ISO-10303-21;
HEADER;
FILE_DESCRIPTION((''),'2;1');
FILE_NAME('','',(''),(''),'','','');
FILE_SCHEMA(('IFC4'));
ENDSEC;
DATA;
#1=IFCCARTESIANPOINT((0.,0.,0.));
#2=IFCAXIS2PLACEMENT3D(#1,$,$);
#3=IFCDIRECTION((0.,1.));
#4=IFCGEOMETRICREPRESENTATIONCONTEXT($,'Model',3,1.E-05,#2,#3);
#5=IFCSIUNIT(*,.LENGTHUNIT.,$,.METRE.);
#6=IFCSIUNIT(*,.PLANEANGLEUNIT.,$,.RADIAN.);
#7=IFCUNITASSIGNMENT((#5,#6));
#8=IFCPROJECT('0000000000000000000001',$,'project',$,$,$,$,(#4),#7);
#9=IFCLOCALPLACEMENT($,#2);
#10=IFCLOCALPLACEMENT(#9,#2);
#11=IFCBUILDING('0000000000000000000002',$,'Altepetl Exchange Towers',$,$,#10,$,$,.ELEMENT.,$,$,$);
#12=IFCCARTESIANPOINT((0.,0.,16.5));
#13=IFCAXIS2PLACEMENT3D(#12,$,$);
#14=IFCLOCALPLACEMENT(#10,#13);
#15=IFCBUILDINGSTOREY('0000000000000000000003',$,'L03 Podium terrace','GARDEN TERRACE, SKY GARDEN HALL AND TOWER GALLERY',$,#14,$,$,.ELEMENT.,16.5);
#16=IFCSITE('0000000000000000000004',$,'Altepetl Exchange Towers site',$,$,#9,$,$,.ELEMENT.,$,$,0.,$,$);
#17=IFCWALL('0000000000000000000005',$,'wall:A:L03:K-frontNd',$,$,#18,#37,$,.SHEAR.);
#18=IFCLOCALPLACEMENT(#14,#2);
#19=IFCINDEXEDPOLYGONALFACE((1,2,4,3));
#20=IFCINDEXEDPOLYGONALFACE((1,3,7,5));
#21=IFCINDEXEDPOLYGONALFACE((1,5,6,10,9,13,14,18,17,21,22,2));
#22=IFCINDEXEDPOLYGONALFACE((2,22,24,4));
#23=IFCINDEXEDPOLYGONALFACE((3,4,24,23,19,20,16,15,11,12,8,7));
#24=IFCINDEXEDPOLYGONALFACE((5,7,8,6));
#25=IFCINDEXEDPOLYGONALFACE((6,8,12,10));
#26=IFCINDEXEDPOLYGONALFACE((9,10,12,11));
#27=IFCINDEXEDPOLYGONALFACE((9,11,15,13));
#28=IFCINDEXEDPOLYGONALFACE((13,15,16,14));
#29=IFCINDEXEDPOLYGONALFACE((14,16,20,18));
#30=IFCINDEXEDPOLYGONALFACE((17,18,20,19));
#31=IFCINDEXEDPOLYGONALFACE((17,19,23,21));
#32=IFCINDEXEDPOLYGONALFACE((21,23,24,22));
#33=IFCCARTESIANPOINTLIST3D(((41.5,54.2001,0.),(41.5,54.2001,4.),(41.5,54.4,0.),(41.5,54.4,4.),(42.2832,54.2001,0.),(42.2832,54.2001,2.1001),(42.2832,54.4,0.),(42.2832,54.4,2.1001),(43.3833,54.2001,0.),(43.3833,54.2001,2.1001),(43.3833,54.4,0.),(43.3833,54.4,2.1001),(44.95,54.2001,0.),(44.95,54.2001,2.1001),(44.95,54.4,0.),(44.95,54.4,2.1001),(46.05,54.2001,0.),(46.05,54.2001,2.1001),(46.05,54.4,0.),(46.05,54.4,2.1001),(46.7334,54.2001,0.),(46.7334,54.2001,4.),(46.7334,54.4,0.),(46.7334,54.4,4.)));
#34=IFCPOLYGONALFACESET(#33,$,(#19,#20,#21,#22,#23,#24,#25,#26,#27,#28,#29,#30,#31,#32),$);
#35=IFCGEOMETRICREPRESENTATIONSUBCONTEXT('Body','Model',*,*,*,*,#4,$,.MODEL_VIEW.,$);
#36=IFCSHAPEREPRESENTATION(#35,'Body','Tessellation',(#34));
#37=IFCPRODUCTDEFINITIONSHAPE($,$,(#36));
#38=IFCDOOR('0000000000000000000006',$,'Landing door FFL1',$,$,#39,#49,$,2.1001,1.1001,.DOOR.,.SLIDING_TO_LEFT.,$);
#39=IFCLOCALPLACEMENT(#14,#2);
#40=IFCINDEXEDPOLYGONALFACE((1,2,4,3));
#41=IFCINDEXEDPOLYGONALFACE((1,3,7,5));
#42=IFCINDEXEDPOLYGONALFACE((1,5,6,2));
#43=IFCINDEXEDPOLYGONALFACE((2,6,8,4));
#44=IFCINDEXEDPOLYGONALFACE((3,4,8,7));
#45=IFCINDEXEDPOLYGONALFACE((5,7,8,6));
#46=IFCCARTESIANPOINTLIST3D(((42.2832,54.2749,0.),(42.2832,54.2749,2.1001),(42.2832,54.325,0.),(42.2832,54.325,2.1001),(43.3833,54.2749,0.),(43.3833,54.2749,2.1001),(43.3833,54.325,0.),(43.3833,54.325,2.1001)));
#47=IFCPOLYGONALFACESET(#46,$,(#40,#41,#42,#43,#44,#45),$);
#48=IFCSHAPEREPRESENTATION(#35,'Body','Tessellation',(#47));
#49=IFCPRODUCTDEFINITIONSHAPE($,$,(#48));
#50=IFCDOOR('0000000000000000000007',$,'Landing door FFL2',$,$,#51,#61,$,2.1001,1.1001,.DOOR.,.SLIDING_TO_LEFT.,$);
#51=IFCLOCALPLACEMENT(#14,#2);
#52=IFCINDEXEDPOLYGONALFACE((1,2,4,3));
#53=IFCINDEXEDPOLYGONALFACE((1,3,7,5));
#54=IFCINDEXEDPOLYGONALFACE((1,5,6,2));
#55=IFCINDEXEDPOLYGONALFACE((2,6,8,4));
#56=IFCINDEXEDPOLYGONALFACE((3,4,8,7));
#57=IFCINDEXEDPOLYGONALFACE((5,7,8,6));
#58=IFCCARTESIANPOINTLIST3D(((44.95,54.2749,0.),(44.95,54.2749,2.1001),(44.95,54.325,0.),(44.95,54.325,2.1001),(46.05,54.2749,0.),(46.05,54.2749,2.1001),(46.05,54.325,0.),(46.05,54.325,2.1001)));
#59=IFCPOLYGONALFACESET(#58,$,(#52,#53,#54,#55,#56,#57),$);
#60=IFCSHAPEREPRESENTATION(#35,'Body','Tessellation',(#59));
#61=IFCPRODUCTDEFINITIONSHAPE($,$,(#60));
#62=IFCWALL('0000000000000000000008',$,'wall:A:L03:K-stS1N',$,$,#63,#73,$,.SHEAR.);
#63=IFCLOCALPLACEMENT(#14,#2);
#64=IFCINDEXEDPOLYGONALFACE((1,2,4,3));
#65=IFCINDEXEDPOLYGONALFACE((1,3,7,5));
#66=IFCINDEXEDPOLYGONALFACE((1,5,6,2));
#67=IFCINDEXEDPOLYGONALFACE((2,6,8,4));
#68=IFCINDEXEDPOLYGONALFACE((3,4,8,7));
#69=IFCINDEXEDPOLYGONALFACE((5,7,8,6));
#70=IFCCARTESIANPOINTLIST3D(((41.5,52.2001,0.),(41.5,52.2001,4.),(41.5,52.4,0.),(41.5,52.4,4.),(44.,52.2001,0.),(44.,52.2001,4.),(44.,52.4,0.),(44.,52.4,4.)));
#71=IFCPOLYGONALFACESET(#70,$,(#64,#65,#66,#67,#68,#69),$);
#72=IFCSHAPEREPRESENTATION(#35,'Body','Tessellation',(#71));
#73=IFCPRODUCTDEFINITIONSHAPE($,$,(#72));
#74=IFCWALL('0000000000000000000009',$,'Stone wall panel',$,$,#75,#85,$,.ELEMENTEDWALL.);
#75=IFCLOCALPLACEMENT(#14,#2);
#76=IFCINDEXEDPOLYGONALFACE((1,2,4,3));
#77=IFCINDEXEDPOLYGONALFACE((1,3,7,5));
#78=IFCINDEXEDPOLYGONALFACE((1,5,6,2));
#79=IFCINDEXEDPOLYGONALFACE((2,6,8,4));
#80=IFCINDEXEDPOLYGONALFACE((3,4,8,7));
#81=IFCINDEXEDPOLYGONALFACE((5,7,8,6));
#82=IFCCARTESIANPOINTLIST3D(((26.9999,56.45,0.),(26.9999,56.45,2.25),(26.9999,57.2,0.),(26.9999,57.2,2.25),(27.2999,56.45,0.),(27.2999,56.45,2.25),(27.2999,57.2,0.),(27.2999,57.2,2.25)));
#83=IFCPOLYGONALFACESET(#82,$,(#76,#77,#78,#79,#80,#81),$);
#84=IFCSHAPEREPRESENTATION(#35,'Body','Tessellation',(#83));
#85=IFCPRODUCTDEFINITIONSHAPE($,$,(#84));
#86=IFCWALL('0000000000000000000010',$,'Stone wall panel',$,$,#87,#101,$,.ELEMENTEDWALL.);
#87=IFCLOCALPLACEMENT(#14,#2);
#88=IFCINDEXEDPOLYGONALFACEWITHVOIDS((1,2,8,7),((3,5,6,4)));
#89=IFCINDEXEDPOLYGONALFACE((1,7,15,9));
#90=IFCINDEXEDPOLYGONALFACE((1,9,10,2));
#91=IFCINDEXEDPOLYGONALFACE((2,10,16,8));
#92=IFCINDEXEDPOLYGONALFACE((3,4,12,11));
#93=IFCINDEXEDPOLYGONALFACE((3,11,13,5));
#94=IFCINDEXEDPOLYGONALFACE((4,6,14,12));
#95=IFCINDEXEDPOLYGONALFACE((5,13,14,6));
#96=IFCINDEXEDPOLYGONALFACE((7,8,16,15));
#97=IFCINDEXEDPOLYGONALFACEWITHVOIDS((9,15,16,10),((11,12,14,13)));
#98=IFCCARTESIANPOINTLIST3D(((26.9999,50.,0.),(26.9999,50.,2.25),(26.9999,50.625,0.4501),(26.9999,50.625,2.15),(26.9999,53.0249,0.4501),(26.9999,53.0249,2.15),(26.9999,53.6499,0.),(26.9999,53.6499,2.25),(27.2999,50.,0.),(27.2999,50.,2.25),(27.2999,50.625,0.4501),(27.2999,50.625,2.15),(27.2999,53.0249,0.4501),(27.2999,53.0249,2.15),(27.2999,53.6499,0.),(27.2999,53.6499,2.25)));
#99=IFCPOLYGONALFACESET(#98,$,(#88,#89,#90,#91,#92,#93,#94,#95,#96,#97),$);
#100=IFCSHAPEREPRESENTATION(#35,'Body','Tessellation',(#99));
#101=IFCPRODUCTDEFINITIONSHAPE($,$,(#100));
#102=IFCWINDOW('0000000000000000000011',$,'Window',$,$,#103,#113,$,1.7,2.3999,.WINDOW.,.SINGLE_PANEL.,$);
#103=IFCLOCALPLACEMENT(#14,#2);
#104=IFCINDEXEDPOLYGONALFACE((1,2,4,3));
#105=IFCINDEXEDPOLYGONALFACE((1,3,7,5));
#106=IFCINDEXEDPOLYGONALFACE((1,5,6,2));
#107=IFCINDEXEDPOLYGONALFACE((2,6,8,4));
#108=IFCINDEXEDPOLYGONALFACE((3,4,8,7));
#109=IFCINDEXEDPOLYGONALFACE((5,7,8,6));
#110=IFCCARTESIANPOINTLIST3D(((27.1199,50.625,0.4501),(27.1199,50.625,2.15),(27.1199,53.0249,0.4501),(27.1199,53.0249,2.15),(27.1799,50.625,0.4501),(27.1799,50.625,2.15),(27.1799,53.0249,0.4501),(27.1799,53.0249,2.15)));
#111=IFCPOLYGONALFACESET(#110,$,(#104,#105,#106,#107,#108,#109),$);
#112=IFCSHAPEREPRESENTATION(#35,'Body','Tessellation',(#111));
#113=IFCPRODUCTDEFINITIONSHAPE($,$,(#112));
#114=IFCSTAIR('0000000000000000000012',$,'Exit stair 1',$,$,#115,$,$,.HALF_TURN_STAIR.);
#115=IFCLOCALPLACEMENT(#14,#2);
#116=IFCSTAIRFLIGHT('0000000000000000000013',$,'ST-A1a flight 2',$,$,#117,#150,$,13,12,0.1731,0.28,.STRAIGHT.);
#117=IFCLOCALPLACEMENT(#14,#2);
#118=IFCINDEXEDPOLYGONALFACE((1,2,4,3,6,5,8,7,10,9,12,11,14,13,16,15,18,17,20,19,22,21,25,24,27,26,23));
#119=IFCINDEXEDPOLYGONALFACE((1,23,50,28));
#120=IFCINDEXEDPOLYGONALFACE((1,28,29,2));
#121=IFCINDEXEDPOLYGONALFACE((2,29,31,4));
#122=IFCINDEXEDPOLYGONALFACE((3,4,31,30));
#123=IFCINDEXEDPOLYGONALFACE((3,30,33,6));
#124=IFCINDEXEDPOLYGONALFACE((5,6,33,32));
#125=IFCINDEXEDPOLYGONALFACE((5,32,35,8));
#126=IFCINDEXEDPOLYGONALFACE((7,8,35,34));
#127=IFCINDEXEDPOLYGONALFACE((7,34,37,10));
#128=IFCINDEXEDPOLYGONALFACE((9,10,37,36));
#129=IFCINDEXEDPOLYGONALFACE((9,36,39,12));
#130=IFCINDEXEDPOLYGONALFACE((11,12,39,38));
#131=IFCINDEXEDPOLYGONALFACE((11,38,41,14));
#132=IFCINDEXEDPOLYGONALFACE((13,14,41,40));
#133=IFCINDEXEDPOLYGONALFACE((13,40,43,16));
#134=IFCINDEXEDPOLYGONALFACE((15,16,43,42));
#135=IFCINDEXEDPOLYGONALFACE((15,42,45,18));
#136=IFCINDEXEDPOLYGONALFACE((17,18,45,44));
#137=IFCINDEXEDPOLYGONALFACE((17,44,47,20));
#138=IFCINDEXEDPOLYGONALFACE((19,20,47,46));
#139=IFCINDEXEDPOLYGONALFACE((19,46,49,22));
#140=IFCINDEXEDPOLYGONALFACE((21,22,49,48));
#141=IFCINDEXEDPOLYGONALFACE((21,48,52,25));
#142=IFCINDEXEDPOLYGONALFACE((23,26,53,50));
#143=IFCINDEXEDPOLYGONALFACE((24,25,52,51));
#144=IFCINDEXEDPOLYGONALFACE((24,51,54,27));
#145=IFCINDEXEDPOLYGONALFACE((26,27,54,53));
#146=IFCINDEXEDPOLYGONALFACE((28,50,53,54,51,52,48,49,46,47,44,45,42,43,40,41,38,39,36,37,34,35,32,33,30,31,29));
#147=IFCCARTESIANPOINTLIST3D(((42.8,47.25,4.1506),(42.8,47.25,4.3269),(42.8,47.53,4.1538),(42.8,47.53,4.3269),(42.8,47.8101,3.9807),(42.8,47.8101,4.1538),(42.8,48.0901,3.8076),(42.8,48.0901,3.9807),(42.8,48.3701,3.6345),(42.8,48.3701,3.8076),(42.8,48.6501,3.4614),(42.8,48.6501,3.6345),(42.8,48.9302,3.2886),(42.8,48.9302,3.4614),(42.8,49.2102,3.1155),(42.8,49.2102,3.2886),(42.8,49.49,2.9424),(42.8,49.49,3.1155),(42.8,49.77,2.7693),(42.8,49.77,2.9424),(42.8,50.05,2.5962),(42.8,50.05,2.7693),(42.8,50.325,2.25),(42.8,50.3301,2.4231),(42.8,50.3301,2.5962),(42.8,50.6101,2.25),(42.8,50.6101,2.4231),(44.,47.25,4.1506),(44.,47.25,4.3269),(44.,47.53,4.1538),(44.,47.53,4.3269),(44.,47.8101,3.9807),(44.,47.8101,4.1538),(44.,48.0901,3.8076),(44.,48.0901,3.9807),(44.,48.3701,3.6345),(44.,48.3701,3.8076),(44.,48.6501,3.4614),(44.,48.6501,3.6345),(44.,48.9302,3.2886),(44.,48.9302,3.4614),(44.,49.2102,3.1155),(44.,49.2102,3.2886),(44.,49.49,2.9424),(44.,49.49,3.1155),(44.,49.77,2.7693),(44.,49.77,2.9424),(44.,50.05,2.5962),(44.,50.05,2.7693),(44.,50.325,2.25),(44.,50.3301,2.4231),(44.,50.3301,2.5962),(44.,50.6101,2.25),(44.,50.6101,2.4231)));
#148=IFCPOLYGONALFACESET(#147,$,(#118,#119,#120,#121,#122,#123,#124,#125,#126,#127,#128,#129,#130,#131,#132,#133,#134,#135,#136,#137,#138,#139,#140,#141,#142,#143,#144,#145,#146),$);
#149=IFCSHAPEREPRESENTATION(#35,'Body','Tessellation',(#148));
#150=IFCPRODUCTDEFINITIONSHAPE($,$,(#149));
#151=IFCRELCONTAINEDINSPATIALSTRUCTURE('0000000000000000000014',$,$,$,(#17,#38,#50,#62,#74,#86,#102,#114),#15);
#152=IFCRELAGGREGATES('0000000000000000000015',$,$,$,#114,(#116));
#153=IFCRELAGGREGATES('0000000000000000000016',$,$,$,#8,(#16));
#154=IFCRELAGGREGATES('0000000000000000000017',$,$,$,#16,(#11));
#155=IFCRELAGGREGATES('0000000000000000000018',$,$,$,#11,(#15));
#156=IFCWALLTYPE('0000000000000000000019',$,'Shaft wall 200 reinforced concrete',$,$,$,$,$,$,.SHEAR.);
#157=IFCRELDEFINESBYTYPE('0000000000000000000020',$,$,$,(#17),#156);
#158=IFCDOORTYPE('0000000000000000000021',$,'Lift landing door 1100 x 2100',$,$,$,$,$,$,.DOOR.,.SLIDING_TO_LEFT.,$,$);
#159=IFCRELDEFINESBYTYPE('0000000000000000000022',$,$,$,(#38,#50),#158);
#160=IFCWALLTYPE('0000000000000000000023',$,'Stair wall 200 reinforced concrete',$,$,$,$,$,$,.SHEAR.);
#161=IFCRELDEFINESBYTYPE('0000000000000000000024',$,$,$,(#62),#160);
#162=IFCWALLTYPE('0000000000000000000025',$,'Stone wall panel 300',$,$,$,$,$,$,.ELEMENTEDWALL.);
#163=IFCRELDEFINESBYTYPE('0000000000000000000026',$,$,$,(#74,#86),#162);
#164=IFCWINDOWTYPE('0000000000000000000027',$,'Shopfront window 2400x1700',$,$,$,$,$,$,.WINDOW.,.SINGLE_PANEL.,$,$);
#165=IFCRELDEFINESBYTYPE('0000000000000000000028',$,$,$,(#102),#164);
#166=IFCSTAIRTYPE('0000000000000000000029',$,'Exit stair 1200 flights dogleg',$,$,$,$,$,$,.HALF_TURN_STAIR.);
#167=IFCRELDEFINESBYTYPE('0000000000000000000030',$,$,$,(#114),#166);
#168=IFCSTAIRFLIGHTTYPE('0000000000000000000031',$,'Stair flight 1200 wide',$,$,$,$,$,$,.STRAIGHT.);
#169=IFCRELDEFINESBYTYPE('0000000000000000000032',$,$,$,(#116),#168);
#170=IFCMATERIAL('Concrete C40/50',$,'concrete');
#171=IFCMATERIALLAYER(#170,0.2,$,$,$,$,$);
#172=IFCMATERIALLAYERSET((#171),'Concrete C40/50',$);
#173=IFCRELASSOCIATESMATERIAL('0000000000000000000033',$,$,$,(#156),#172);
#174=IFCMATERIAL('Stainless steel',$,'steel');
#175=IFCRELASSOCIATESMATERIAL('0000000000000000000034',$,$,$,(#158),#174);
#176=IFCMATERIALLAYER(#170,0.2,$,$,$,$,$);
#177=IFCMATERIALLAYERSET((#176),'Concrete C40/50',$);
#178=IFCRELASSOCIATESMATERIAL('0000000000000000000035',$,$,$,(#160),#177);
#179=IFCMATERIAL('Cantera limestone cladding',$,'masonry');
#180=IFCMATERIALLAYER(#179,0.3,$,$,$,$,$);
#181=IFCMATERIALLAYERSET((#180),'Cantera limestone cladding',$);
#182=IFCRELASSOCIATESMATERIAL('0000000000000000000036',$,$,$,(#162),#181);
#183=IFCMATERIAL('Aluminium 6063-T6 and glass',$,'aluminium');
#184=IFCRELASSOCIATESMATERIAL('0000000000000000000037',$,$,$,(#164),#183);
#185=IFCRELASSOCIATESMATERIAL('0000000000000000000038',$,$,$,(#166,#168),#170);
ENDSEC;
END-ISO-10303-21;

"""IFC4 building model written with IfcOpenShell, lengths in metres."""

from ifc_helpers import new_model, si_unit, direction, frame, frame_2d, origin, place, context, subcontext, project, spatial, polyline, rectangle, outline, extrude, material, layer, layer_set, type_object, element, fill, aggregate, save


model = new_model("IFC4")

# Units and contexts
model_context = context("Model", 3, precision=1e-05, world=origin(), true_north=direction((0.0, 1.0)))
body_context = subcontext(model_context, "Body", "Model", "MODEL_VIEW")
ifc_project = project(units=[si_unit("LENGTHUNIT", "METRE"), si_unit("PLANEANGLEUNIT", "RADIAN")], contexts=[model_context])

# Site, building, storey
site_placement = place(None, origin())
site = spatial("IfcSite", under=ifc_project, at=site_placement, Name="Altepetl Exchange Towers site", CompositionType="ELEMENT", RefElevation=0.0)
building_placement = place(site_placement, origin())
building = spatial("IfcBuilding", under=site, at=building_placement, Name="Altepetl Exchange Towers", CompositionType="ELEMENT")
storey_placement = place(building_placement, frame((0.0, 0.0, 16.5)))
storey = spatial("IfcBuildingStorey", under=building, at=storey_placement, Name="L03 Podium terrace", Description="GARDEN TERRACE, SKY GARDEN HALL AND TOWER GALLERY", CompositionType="ELEMENT", Elevation=16.5)

# Shared definitions
ifc_material_1 = material(Name="Aluminium 6063-T6 and glass", Category="aluminium")

# Shared definitions
ifc_material_2 = material(Name="Concrete C40/50", Category="concrete")
ifc_layer_1 = layer(ifc_material_2, 0.2)
ifc_layer_set_1 = layer_set([ifc_layer_1], Name="Concrete C40/50")
wall_type_1 = type_object("IfcWallType", Name="Shaft wall 200 reinforced concrete", PredefinedType="SHEAR", material=ifc_layer_set_1)

# Wall, openings, doors
wall_1_placement = place(storey_placement, frame((41.5, 54.3, 0.0)))
wall_1 = element("IfcWall", 1, at=wall_1_placement, inside=storey, type_object=wall_type_1, Name="wall:A:L03:K-frontNd", PredefinedType="SHEAR", context=body_context, shape_type="SweptSolid", body=[
    extrude(rectangle(XDim=5.2334, YDim=0.2, at=frame_2d((2.6167, 0.0))), origin(), (0.0, 0.0, 1.0), 4.0),
])
opening_1_placement = place(wall_1_placement, frame((0.7832, 0.0, 0.0)))
opening_1 = element("IfcOpeningElement", 2, at=opening_1_placement, cuts=wall_1, PredefinedType="OPENING", context=body_context, shape_type="SweptSolid", body=[
    extrude(rectangle(XDim=1.1001, YDim=2.1001, at=frame_2d((0.55, 1.05))), frame((0.0, 0.1099, 0.0), z_axis=(0.0, -1.0, 0.0), x_axis=(1.0, 0.0, 0.0)), (0.0, 0.0, 1.0), 0.22),
])
opening_2_placement = place(wall_1_placement, frame((3.45, 0.0, 0.0)))
opening_2 = element("IfcOpeningElement", 3, at=opening_2_placement, cuts=wall_1, PredefinedType="OPENING", context=body_context, shape_type="SweptSolid", body=[
    extrude(rectangle(XDim=1.1001, YDim=2.1001, at=frame_2d((0.55, 1.05))), frame((0.0, 0.1099, 0.0), z_axis=(0.0, -1.0, 0.0), x_axis=(1.0, 0.0, 0.0)), (0.0, 0.0, 1.0), 0.22),
])
ifc_material_3 = material(Name="Stainless steel", Category="steel")
door_type_1 = type_object("IfcDoorType", Name="Lift landing door 1100 x 2100", OperationType="SLIDING_TO_LEFT", PredefinedType="DOOR", material=ifc_material_3)
door_1_placement = place(opening_1_placement, origin())
door_1 = element("IfcDoor", 4, at=door_1_placement, inside=storey, type_object=door_type_1, Name="Landing door FFL1", OperationType="SLIDING_TO_LEFT", OverallHeight=2.1001, OverallWidth=1.1001, PredefinedType="DOOR", context=body_context, shape_type="SweptSolid", body=[
    extrude(rectangle(XDim=1.1001, YDim=2.1001, at=frame_2d((0.55, 1.05))), frame((0.0, 0.0249, 0.0), z_axis=(0.0, -1.0, 0.0), x_axis=(1.0, 0.0, 0.0)), (0.0, 0.0, 1.0), 0.05),
])
fill(opening_1, door_1)
door_2_placement = place(opening_2_placement, origin())
door_2 = element("IfcDoor", 5, at=door_2_placement, inside=storey, type_object=door_type_1, Name="Landing door FFL2", OperationType="SLIDING_TO_LEFT", OverallHeight=2.1001, OverallWidth=1.1001, PredefinedType="DOOR", context=body_context, shape_type="SweptSolid", body=[
    extrude(rectangle(XDim=1.1001, YDim=2.1001, at=frame_2d((0.55, 1.05))), frame((0.0, 0.0249, 0.0), z_axis=(0.0, -1.0, 0.0), x_axis=(1.0, 0.0, 0.0)), (0.0, 0.0, 1.0), 0.05),
])
fill(opening_2, door_2)

# Walls
ifc_layer_2 = layer(ifc_material_2, 0.2)
ifc_layer_set_2 = layer_set([ifc_layer_2], Name="Concrete C40/50")
wall_type_2 = type_object("IfcWallType", Name="Stair wall 200 reinforced concrete", PredefinedType="SHEAR", material=ifc_layer_set_2)
wall_2_placement = place(storey_placement, frame((41.5, 52.3, 0.0)))
element("IfcWall", 6, at=wall_2_placement, inside=storey, type_object=wall_type_2, Name="wall:A:L03:K-stS1N", PredefinedType="SHEAR", context=body_context, shape_type="SweptSolid", body=[
    extrude(rectangle(XDim=2.5, YDim=0.2, at=frame_2d((1.25, 0.0))), origin(), (0.0, 0.0, 1.0), 4.0),
])
ifc_material_4 = material(Name="Cantera limestone cladding", Category="masonry")
ifc_layer_3 = layer(ifc_material_4, 0.3)
ifc_layer_set_3 = layer_set([ifc_layer_3], Name="Cantera limestone cladding")
wall_type_3 = type_object("IfcWallType", Name="Stone wall panel 300", PredefinedType="ELEMENTEDWALL", material=ifc_layer_set_3)
wall_3_placement = place(storey_placement, frame((27.1499, 57.2, 0.0), z_axis=(0.0, 0.0, 1.0), x_axis=(0.0, -1.0, 0.0)))
element("IfcWall", 7, at=wall_3_placement, inside=storey, type_object=wall_type_3, Name="Stone wall panel", PredefinedType="ELEMENTEDWALL", context=body_context, shape_type="SweptSolid", body=[
    extrude(rectangle(XDim=0.75, YDim=0.3, at=frame_2d((0.375, 0.0))), origin(), (0.0, 0.0, 1.0), 2.25),
])

# Wall, opening, window
wall_4_placement = place(storey_placement, frame((27.1499, 53.6499, 0.0), z_axis=(0.0, 0.0, 1.0), x_axis=(0.0, -1.0, 0.0)))
wall_4 = element("IfcWall", 8, at=wall_4_placement, inside=storey, type_object=wall_type_3, Name="Stone wall panel", PredefinedType="ELEMENTEDWALL", context=body_context, shape_type="SweptSolid", body=[
    extrude(rectangle(XDim=3.6499, YDim=0.3, at=frame_2d((1.825, 0.0))), origin(), (0.0, 0.0, 1.0), 2.25),
])
opening_3_placement = place(wall_4_placement, frame((0.625, 0.0, 0.45)))
opening_3 = element("IfcOpeningElement", 9, at=opening_3_placement, cuts=wall_4, PredefinedType="OPENING", context=body_context, shape_type="SweptSolid", body=[
    extrude(rectangle(XDim=2.3999, YDim=1.7, at=frame_2d((1.2, 0.8501))), frame((0.0, 0.1602, 0.0), z_axis=(0.0, -1.0, 0.0), x_axis=(1.0, 0.0, 0.0)), (0.0, 0.0, 1.0), 0.3201),
])
window_type = type_object("IfcWindowType", Name="Shopfront window 2400x1700", PartitioningType="SINGLE_PANEL", PredefinedType="WINDOW", material=ifc_material_1)
window_placement = place(opening_3_placement, origin())
window = element("IfcWindow", 10, at=window_placement, inside=storey, type_object=window_type, Name="Window", OverallHeight=1.7, OverallWidth=2.3999, PartitioningType="SINGLE_PANEL", PredefinedType="WINDOW", context=body_context, shape_type="SweptSolid", body=[
    extrude(rectangle(XDim=2.3999, YDim=1.7, at=frame_2d((1.2, 0.8501))), frame((0.0, 0.03, 0.0), z_axis=(0.0, -1.0, 0.0), x_axis=(1.0, 0.0, 0.0)), (0.0, 0.0, 1.0), 0.0601),
])
fill(opening_3, window)

# Stair, stair flight
stair_type = type_object("IfcStairType", Name="Exit stair 1200 flights dogleg", PredefinedType="HALF_TURN_STAIR", material=ifc_material_2)
stair_placement = place(storey_placement, origin())
stair = element("IfcStair", 11, at=stair_placement, inside=storey, type_object=stair_type, Name="Exit stair 1", PredefinedType="HALF_TURN_STAIR")
stair_flight_type = type_object("IfcStairFlightType", Name="Stair flight 1200 wide", PredefinedType="STRAIGHT", material=ifc_material_2)
stair_flight_placement = place(storey_placement, frame((43.3999, 50.6101, 2.25), z_axis=(0.0, 0.0, 1.0), x_axis=(0.0, -1.0, 0.0)))
stair_flight = element("IfcStairFlight", 12, at=stair_flight_placement, type_object=stair_flight_type, Name="ST-A1a flight 2", NumberOfRisers=13, NumberOfTreads=12, PredefinedType="STRAIGHT", RiserHeight=0.1731, TreadLength=0.28, context=body_context, shape_type="SweptSolid", body=[
    extrude(outline(polyline([(0.0, 0.0), (0.0, 0.1731), (0.28, 0.1731), (0.28, 0.3462), (0.5601, 0.3462), (0.5601, 0.5193), (0.8401, 0.5193), (0.8401, 0.6924), (1.1201, 0.6924), (1.1201, 0.8655), (1.3999, 0.8655), (1.3999, 1.0386), (1.6799, 1.0386), (1.6799, 1.2114), (1.96, 1.2114), (1.96, 1.3845), (2.24, 1.3845), (2.24, 1.5576), (2.52, 1.5576), (2.52, 1.7307), (2.8, 1.7307), (2.8, 1.9038), (3.0801, 1.9038), (3.0801, 2.0769), (3.3601, 2.0769), (3.3601, 2.25), (3.3601, 1.9006), (0.2852, 0.0), (0.0, 0.0)])), frame((0.0, 0.6001, 0.0), z_axis=(0.0, -1.0, 0.0), x_axis=(1.0, 0.0, 0.0)), (0.0, 0.0, 1.0), 1.2),
])
aggregate(stair, [stair_flight])

save(model, "model.ifc")
